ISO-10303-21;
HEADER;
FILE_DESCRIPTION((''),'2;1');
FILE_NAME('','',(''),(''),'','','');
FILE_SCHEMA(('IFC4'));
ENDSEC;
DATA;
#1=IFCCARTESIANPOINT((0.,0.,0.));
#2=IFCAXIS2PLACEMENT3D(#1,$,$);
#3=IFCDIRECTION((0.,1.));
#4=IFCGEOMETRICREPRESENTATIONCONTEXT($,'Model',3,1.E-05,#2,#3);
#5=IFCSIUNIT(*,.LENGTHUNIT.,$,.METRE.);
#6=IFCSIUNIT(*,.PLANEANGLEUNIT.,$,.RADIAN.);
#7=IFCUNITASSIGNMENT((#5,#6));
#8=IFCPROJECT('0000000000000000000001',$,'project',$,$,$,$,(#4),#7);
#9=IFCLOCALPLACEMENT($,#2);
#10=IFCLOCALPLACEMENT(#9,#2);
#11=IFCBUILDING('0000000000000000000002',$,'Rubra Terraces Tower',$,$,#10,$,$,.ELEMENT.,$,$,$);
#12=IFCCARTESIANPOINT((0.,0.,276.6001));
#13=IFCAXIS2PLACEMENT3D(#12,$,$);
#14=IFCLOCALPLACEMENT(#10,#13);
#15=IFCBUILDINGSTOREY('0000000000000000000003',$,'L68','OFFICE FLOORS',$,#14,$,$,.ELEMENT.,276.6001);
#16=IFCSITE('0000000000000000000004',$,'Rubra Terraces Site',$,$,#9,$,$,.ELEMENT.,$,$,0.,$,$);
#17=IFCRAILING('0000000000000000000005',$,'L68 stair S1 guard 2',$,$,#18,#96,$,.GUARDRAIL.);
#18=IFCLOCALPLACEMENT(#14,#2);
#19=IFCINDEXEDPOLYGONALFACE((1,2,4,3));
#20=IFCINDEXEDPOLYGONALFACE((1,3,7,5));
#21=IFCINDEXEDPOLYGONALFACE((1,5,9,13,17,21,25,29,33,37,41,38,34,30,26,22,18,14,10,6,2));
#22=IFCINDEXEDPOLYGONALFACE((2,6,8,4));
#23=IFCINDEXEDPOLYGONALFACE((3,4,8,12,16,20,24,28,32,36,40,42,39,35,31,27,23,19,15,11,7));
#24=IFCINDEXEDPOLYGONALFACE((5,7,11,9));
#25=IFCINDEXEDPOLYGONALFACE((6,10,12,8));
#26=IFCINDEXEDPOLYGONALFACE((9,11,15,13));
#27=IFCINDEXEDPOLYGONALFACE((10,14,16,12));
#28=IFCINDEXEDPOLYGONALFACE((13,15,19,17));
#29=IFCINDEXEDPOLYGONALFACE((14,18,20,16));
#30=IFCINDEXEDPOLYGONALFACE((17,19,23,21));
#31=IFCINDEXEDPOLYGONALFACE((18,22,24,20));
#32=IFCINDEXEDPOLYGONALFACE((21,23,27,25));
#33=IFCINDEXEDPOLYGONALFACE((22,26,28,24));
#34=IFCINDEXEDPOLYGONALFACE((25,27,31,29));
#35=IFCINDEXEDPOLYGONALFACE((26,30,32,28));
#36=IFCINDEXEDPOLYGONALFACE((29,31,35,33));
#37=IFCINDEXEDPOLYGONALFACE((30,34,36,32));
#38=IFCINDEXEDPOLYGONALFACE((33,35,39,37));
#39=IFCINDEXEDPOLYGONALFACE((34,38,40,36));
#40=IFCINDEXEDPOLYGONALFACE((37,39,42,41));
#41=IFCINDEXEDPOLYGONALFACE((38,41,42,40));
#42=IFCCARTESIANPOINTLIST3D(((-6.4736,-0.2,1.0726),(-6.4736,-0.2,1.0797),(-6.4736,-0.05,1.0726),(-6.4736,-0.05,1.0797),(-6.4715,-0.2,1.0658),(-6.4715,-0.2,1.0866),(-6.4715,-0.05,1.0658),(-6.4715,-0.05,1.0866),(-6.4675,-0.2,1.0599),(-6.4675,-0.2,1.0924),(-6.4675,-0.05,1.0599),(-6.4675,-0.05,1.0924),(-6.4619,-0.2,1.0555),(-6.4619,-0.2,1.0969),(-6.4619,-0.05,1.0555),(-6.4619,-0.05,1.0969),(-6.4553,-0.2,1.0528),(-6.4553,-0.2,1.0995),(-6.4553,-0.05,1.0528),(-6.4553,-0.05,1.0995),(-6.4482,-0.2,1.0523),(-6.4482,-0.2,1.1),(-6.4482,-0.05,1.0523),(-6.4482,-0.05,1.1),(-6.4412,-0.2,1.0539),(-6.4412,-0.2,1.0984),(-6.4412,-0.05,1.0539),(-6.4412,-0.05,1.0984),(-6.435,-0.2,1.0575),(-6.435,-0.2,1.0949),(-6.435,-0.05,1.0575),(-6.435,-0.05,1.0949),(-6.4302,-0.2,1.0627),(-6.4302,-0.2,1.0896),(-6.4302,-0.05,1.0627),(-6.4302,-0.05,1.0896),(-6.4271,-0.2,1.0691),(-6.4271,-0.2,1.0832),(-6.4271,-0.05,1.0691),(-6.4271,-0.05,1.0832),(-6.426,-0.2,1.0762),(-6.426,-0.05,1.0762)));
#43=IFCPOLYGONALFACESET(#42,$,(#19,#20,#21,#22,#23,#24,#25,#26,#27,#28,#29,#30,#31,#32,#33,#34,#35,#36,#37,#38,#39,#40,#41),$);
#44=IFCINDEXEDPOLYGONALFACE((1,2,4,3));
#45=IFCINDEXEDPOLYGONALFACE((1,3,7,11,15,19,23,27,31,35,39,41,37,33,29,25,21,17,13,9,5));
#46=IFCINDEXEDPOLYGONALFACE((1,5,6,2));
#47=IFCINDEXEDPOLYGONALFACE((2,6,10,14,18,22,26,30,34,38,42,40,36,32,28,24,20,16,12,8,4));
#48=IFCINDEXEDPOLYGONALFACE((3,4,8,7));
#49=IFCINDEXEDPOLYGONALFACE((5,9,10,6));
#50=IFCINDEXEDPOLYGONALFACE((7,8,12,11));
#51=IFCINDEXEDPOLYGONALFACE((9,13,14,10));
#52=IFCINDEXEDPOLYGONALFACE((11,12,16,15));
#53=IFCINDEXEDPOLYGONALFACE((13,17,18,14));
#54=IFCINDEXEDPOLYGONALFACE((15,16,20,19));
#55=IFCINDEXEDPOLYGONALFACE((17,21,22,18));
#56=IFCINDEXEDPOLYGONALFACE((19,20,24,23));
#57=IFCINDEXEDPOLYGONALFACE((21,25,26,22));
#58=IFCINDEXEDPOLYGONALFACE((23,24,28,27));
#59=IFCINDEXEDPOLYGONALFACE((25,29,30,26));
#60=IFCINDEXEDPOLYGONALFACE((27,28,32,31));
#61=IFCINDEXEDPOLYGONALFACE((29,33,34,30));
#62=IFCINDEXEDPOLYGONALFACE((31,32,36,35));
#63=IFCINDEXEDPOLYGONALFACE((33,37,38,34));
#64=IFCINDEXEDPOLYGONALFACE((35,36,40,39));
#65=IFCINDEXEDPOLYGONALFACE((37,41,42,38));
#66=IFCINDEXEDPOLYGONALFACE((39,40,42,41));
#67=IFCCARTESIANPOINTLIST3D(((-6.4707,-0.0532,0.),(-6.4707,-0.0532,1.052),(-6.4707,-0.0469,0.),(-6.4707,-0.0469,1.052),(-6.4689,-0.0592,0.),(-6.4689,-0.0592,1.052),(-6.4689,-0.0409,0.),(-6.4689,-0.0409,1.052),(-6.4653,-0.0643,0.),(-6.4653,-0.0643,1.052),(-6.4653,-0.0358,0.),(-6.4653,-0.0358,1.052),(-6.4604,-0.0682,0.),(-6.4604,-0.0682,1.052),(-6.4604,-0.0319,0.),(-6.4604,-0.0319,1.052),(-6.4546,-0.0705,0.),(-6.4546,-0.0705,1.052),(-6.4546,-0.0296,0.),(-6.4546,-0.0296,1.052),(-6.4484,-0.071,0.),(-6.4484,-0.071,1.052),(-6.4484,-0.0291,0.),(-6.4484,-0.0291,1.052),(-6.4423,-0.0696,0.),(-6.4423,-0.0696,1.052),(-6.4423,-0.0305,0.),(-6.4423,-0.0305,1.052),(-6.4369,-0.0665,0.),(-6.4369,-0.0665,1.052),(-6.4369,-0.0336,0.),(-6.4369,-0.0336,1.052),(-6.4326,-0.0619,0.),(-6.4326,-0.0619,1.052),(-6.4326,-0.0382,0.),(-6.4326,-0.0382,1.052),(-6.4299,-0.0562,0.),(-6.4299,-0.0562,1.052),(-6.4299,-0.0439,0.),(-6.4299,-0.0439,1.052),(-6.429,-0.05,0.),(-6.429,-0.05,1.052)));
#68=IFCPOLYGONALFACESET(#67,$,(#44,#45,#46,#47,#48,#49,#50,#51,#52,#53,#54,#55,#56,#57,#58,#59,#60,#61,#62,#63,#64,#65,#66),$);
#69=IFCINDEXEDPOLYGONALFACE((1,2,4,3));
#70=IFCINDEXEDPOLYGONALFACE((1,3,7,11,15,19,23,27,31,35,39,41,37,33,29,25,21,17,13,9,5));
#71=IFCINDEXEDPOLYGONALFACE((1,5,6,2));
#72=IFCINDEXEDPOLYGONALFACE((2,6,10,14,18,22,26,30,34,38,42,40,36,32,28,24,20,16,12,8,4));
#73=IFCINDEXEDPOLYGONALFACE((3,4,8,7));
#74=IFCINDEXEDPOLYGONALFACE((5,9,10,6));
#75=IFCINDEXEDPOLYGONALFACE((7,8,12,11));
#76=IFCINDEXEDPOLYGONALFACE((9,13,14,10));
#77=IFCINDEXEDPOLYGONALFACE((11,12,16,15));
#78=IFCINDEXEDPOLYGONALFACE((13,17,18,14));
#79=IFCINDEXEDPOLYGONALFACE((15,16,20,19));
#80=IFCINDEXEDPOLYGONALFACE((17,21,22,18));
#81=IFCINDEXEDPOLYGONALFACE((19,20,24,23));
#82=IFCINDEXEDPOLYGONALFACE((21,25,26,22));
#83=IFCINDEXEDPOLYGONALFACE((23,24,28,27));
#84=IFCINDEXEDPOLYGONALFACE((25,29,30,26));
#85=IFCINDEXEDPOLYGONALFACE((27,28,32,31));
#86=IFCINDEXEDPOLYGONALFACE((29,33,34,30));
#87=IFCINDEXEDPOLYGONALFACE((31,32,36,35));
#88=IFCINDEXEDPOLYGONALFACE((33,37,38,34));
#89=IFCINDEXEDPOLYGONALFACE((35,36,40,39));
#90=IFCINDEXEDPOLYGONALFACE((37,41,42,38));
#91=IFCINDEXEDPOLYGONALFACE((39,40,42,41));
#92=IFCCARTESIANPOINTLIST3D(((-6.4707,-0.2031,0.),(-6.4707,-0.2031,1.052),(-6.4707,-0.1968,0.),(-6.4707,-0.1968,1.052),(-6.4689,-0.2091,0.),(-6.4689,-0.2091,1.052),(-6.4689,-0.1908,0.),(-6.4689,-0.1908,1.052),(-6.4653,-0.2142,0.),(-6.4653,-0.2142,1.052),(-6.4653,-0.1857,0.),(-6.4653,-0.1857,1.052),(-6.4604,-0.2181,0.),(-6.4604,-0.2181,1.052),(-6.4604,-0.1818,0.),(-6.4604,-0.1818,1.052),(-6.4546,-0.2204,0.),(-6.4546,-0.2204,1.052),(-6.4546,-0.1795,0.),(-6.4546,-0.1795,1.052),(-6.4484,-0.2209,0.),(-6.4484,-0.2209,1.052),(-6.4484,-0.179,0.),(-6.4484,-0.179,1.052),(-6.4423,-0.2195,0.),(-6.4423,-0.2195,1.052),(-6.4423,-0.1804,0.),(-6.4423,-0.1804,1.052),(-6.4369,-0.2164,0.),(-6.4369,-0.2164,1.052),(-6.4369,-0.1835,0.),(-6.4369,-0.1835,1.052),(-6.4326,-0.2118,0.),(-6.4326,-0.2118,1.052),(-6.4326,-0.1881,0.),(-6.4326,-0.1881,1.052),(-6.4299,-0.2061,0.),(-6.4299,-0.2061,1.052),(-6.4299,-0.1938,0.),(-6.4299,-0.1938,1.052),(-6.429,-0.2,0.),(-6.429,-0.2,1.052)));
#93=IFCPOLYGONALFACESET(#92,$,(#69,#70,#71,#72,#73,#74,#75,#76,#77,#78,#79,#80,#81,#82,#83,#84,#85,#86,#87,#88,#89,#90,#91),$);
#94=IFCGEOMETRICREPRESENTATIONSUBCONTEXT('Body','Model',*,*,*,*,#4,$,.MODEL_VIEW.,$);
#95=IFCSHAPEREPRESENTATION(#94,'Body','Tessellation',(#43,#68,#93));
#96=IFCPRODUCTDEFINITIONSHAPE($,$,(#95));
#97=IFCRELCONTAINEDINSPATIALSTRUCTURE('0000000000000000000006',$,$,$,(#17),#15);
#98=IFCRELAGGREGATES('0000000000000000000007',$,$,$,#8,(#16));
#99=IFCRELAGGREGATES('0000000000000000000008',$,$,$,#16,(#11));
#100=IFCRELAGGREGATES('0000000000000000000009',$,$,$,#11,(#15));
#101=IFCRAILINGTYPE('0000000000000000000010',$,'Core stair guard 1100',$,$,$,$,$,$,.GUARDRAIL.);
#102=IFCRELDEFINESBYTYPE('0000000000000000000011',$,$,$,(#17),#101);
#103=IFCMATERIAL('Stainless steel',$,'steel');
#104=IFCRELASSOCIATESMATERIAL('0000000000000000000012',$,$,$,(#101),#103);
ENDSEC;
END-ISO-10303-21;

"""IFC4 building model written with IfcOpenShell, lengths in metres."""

from ifc_helpers import new_model, si_unit, direction, frame, origin, origin_2d, place, context, subcontext, project, spatial, circle, extrude, material, type_object, element, save


model = new_model("IFC4")

# Units and contexts
model_context = context("Model", 3, precision=1e-05, world=origin(), true_north=direction((0.0, 1.0)))
body_context = subcontext(model_context, "Body", "Model", "MODEL_VIEW")
ifc_project = project(units=[si_unit("LENGTHUNIT", "METRE"), si_unit("PLANEANGLEUNIT", "RADIAN")], contexts=[model_context])

# Site, building, storey
site_placement = place(None, origin())
site = spatial("IfcSite", under=ifc_project, at=site_placement, Name="Rubra Terraces Site", CompositionType="ELEMENT", RefElevation=0.0)
building_placement = place(site_placement, origin())
building = spatial("IfcBuilding", under=site, at=building_placement, Name="Rubra Terraces Tower", CompositionType="ELEMENT")
storey_placement = place(building_placement, frame((0.0, 0.0, 276.6001)))
storey = spatial("IfcBuildingStorey", under=building, at=storey_placement, Name="L68", Description="OFFICE FLOORS", CompositionType="ELEMENT", Elevation=276.6001)

# Railing
ifc_material_1 = material(Name="Stainless steel", Category="steel")
railing_type = type_object("IfcRailingType", Name="Core stair guard 1100", PredefinedType="GUARDRAIL", material=ifc_material_1)
railing_1_placement = place(storey_placement, frame((-6.45, -0.05, 0.0)))
element("IfcRailing", 1, at=railing_1_placement, inside=storey, type_object=railing_type, Name="L68 stair S1 guard 2", PredefinedType="GUARDRAIL", context=body_context, shape_type="SweptSolid", body=[
    extrude(circle(Radius=0.0239, at=origin_2d()), frame((0.0, 0.0, 1.0762), z_axis=(0.0, -1.0, 0.0), x_axis=(1.0, 0.0, 0.0)), (0.0, 0.0, 1.0), 0.1499),
    extrude(circle(Radius=0.021, at=origin_2d()), origin(), (0.0, 0.0, 1.0), 1.052),
    extrude(circle(Radius=0.021, at=origin_2d()), frame((0.0, -0.1499, 0.0)), (0.0, 0.0, 1.0), 1.052),
])

save(model, "model.ifc")
